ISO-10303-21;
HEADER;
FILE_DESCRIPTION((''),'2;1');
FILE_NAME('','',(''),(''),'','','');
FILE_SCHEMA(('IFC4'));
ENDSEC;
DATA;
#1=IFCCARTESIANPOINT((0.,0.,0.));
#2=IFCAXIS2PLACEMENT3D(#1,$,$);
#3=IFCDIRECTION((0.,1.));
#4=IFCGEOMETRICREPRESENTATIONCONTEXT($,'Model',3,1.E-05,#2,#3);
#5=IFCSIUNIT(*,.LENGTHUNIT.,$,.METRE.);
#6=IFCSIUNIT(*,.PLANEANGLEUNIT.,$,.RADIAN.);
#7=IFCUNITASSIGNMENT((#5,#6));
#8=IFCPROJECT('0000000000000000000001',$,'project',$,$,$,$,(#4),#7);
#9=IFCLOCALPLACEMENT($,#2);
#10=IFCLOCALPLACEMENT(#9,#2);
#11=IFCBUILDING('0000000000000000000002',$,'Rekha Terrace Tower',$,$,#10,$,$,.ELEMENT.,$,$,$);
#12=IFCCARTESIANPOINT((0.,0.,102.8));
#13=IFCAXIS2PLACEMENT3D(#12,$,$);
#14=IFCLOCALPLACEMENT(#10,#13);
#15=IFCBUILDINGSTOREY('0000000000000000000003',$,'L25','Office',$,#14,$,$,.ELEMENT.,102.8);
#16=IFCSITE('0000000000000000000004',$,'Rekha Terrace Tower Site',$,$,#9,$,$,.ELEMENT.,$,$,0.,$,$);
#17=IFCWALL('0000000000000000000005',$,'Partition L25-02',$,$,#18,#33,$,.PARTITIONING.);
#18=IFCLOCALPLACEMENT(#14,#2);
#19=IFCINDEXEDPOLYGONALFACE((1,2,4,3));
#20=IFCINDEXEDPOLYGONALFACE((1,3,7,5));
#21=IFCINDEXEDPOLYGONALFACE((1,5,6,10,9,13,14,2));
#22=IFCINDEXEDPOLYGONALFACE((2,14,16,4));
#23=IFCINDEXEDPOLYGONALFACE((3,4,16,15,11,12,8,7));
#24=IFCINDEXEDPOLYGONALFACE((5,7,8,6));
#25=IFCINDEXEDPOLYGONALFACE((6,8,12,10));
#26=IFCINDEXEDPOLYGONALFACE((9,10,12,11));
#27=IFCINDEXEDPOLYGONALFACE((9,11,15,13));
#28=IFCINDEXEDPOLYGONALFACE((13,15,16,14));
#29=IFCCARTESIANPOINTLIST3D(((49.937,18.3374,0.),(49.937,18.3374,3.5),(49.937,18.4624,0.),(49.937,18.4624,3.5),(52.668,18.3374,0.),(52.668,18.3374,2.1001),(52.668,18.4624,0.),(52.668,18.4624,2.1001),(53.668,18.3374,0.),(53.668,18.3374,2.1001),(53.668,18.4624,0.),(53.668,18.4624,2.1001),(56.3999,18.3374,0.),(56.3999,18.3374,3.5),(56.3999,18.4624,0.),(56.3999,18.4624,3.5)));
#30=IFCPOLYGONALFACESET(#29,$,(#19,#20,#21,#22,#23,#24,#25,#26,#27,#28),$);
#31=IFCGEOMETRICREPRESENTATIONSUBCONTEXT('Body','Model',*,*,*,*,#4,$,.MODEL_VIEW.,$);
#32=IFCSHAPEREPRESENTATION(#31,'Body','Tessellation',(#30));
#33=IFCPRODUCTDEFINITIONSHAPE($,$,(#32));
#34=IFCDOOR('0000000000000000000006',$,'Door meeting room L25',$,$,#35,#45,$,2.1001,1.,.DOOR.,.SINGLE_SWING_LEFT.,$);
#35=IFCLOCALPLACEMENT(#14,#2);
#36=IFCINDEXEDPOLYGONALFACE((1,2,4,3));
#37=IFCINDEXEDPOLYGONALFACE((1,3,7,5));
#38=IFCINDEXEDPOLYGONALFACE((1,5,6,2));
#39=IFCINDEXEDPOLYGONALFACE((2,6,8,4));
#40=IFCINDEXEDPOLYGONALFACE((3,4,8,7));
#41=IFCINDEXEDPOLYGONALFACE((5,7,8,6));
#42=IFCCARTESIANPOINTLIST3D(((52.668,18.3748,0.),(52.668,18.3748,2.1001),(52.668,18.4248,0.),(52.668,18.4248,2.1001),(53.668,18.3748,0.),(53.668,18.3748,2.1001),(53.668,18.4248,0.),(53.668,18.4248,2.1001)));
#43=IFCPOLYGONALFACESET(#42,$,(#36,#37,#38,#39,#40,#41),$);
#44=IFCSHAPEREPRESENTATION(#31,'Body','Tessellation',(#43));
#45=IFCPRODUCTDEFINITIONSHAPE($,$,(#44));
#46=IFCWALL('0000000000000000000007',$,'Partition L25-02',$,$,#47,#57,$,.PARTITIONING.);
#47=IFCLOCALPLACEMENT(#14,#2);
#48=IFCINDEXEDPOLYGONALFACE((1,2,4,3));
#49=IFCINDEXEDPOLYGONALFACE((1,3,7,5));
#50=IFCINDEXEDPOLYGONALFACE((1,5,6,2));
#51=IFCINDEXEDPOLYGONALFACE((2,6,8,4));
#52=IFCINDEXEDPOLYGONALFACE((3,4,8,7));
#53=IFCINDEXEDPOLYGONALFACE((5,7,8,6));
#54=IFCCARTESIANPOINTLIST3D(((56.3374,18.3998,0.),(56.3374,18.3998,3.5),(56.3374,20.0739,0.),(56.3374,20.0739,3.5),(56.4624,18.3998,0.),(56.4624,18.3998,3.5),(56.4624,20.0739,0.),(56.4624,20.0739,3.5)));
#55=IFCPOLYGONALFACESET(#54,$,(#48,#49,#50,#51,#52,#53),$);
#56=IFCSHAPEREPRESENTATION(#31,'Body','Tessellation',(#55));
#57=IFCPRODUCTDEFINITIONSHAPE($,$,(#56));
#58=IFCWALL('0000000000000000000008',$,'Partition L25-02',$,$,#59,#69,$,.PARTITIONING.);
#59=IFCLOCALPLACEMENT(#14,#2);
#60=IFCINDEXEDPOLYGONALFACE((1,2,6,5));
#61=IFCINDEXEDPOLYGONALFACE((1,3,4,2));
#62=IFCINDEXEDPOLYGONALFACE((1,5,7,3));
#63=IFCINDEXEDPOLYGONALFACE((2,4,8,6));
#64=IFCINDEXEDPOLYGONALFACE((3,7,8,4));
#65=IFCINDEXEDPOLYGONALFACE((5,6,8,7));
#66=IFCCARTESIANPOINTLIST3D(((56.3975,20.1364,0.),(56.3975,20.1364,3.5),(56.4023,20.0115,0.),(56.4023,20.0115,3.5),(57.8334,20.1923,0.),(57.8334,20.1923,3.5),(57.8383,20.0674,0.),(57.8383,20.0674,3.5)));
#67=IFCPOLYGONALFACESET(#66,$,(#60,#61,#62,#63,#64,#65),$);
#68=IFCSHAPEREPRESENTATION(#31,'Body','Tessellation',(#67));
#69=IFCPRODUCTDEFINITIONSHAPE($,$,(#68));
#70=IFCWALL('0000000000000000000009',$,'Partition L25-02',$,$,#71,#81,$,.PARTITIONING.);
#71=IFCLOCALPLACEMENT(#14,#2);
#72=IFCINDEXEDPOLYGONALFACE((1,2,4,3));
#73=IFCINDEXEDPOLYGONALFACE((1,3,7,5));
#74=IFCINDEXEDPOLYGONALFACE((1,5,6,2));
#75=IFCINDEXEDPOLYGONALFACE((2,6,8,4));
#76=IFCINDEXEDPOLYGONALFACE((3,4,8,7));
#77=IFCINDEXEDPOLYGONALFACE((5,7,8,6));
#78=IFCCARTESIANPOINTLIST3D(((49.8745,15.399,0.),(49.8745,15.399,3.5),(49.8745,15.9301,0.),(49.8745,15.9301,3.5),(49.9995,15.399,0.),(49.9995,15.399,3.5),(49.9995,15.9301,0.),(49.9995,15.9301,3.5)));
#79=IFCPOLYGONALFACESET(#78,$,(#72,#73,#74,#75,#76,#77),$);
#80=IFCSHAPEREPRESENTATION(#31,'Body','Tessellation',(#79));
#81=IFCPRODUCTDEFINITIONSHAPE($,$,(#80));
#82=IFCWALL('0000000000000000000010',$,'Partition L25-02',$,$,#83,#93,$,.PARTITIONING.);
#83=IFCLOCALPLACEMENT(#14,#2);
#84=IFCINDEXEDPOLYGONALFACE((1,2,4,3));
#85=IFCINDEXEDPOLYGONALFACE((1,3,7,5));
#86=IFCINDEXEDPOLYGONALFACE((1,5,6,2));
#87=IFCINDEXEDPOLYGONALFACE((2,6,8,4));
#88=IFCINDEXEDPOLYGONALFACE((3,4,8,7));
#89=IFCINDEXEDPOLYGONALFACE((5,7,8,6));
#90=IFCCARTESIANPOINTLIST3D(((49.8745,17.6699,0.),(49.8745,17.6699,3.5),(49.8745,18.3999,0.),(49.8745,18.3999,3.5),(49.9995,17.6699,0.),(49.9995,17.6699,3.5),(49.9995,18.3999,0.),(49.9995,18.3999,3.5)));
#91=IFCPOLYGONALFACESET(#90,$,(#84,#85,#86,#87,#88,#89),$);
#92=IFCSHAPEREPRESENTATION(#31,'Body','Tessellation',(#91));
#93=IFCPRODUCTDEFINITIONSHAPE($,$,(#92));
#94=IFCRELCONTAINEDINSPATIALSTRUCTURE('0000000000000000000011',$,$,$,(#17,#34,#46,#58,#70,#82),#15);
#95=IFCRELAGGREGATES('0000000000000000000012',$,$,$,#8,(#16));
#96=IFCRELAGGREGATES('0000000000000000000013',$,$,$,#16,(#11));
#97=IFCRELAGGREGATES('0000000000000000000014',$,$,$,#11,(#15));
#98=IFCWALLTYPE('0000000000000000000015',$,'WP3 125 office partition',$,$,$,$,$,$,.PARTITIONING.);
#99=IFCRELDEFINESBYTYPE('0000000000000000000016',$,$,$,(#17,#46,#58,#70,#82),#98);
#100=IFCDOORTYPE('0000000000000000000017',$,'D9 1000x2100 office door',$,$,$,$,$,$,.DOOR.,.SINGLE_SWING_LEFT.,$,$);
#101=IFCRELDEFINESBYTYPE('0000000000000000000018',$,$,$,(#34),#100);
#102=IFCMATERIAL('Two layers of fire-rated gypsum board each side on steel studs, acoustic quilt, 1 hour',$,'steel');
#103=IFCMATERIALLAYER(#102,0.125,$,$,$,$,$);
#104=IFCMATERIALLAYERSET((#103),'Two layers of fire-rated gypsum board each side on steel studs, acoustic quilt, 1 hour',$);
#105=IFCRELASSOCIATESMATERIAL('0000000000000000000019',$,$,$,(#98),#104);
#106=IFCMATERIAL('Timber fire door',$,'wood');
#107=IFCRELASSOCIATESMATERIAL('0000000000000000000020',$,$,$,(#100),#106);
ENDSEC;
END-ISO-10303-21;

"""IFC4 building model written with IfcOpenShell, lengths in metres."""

from ifc_helpers import new_model, si_unit, direction, frame, frame_2d, origin, place, context, subcontext, project, spatial, rectangle, extrude, material, layer, layer_set, type_object, element, fill, save


model = new_model("IFC4")

# Units and contexts
model_context = context("Model", 3, precision=1e-05, world=origin(), true_north=direction((0.0, 1.0)))
body_context = subcontext(model_context, "Body", "Model", "MODEL_VIEW")
ifc_project = project(units=[si_unit("LENGTHUNIT", "METRE"), si_unit("PLANEANGLEUNIT", "RADIAN")], contexts=[model_context])

# Site, building, storey
site_placement = place(None, origin())
site = spatial("IfcSite", under=ifc_project, at=site_placement, Name="Rekha Terrace Tower Site", CompositionType="ELEMENT", RefElevation=0.0)
building_placement = place(site_placement, origin())
building = spatial("IfcBuilding", under=site, at=building_placement, Name="Rekha Terrace Tower", CompositionType="ELEMENT")
storey_placement = place(building_placement, frame((0.0, 0.0, 102.8)))
storey = spatial("IfcBuildingStorey", under=building, at=storey_placement, Name="L25", Description="Office", CompositionType="ELEMENT", Elevation=102.8)

# Wall, opening, door
ifc_material_1 = material(Name="Two layers of fire-rated gypsum board each side on steel studs, acoustic quilt, 1 hour", Category="steel")
ifc_layer_1 = layer(ifc_material_1, 0.125)
ifc_layer_set_1 = layer_set([ifc_layer_1], Name="Two layers of fire-rated gypsum board each side on steel studs, acoustic quilt, 1 hour")
wall_type_1 = type_object("IfcWallType", Name="WP3 125 office partition", PredefinedType="PARTITIONING", material=ifc_layer_set_1)
wall_1_placement = place(storey_placement, frame((49.937, 18.3999, 0.0), z_axis=(0.0, 0.0, 1.0), x_axis=(1.0, 0.0, 0.0)))
wall_1 = element("IfcWall", 1, at=wall_1_placement, inside=storey, type_object=wall_type_1, Name="Partition L25-02", PredefinedType="PARTITIONING", context=body_context, shape_type="SweptSolid", body=[
    extrude(rectangle(XDim=6.4629, YDim=0.125, at=frame_2d((3.2314, 0.0))), origin(), (0.0, 0.0, 1.0), 3.5),
])
opening_placement = place(wall_1_placement, frame((2.731, 0.0, 0.0)))
opening = element("IfcOpeningElement", 2, at=opening_placement, cuts=wall_1, PredefinedType="OPENING", context=body_context, shape_type="SweptSolid", body=[
    extrude(rectangle(XDim=1.0, YDim=2.1001, at=frame_2d((0.5, 1.05))), frame((0.0, 0.0725, 0.0), z_axis=(0.0, -1.0, 0.0), x_axis=(1.0, 0.0, 0.0)), (0.0, 0.0, 1.0), 0.145),
])
ifc_material_2 = material(Name="Timber fire door", Category="wood")
door_type = type_object("IfcDoorType", Name="D9 1000x2100 office door", OperationType="SINGLE_SWING_LEFT", PredefinedType="DOOR", material=ifc_material_2)
door_placement = place(opening_placement, origin())
door = element("IfcDoor", 3, at=door_placement, inside=storey, type_object=door_type, Name="Door meeting room L25", OperationType="SINGLE_SWING_LEFT", OverallHeight=2.1001, OverallWidth=1.0, PredefinedType="DOOR", context=body_context, shape_type="SweptSolid", body=[
    extrude(rectangle(XDim=1.0, YDim=2.1001, at=frame_2d((0.5, 1.05))), frame((0.0, 0.0249, 0.0), z_axis=(0.0, -1.0, 0.0), x_axis=(1.0, 0.0, 0.0)), (0.0, 0.0, 1.0), 0.05),
])
fill(opening, door)

# Walls
wall_2_placement = place(storey_placement, frame((56.3999, 18.3999, 0.0), z_axis=(0.0, 0.0, 1.0), x_axis=(0.0, 1.0, 0.0)))
element("IfcWall", 4, at=wall_2_placement, inside=storey, type_object=wall_type_1, Name="Partition L25-02", PredefinedType="PARTITIONING", context=body_context, shape_type="SweptSolid", body=[
    extrude(rectangle(XDim=1.6741, YDim=0.125, at=frame_2d((0.8369, 0.0))), origin(), (0.0, 0.0, 1.0), 3.5),
])
wall_3_placement = place(storey_placement, frame((56.3999, 20.074, 0.0), z_axis=(0.0, 0.0, 1.0), x_axis=(0.999243, 0.038903, 0.0)))
element("IfcWall", 5, at=wall_3_placement, inside=storey, type_object=wall_type_1, Name="Partition L25-02", PredefinedType="PARTITIONING", context=body_context, shape_type="SweptSolid", body=[
    extrude(rectangle(XDim=1.437, YDim=0.125, at=frame_2d((0.7185, 0.0))), origin(), (0.0, 0.0, 1.0), 3.5),
])
wall_4_placement = place(storey_placement, frame((49.937, 15.3989, 0.0), z_axis=(0.0, 0.0, 1.0), x_axis=(0.0, 1.0, 0.0)))
element("IfcWall", 6, at=wall_4_placement, inside=storey, type_object=wall_type_1, Name="Partition L25-02", PredefinedType="PARTITIONING", context=body_context, shape_type="SweptSolid", body=[
    extrude(rectangle(XDim=0.531, YDim=0.125, at=frame_2d((0.2656, 0.0))), origin(), (0.0, 0.0, 1.0), 3.5),
])
wall_5_placement = place(storey_placement, frame((49.937, 17.6699, 0.0), z_axis=(0.0, 0.0, 1.0), x_axis=(0.0, 1.0, 0.0)))
element("IfcWall", 7, at=wall_5_placement, inside=storey, type_object=wall_type_1, Name="Partition L25-02", PredefinedType="PARTITIONING", context=body_context, shape_type="SweptSolid", body=[
    extrude(rectangle(XDim=0.73, YDim=0.125, at=frame_2d((0.365, 0.0))), origin(), (0.0, 0.0, 1.0), 3.5),
])

save(model, "model.ifc")
